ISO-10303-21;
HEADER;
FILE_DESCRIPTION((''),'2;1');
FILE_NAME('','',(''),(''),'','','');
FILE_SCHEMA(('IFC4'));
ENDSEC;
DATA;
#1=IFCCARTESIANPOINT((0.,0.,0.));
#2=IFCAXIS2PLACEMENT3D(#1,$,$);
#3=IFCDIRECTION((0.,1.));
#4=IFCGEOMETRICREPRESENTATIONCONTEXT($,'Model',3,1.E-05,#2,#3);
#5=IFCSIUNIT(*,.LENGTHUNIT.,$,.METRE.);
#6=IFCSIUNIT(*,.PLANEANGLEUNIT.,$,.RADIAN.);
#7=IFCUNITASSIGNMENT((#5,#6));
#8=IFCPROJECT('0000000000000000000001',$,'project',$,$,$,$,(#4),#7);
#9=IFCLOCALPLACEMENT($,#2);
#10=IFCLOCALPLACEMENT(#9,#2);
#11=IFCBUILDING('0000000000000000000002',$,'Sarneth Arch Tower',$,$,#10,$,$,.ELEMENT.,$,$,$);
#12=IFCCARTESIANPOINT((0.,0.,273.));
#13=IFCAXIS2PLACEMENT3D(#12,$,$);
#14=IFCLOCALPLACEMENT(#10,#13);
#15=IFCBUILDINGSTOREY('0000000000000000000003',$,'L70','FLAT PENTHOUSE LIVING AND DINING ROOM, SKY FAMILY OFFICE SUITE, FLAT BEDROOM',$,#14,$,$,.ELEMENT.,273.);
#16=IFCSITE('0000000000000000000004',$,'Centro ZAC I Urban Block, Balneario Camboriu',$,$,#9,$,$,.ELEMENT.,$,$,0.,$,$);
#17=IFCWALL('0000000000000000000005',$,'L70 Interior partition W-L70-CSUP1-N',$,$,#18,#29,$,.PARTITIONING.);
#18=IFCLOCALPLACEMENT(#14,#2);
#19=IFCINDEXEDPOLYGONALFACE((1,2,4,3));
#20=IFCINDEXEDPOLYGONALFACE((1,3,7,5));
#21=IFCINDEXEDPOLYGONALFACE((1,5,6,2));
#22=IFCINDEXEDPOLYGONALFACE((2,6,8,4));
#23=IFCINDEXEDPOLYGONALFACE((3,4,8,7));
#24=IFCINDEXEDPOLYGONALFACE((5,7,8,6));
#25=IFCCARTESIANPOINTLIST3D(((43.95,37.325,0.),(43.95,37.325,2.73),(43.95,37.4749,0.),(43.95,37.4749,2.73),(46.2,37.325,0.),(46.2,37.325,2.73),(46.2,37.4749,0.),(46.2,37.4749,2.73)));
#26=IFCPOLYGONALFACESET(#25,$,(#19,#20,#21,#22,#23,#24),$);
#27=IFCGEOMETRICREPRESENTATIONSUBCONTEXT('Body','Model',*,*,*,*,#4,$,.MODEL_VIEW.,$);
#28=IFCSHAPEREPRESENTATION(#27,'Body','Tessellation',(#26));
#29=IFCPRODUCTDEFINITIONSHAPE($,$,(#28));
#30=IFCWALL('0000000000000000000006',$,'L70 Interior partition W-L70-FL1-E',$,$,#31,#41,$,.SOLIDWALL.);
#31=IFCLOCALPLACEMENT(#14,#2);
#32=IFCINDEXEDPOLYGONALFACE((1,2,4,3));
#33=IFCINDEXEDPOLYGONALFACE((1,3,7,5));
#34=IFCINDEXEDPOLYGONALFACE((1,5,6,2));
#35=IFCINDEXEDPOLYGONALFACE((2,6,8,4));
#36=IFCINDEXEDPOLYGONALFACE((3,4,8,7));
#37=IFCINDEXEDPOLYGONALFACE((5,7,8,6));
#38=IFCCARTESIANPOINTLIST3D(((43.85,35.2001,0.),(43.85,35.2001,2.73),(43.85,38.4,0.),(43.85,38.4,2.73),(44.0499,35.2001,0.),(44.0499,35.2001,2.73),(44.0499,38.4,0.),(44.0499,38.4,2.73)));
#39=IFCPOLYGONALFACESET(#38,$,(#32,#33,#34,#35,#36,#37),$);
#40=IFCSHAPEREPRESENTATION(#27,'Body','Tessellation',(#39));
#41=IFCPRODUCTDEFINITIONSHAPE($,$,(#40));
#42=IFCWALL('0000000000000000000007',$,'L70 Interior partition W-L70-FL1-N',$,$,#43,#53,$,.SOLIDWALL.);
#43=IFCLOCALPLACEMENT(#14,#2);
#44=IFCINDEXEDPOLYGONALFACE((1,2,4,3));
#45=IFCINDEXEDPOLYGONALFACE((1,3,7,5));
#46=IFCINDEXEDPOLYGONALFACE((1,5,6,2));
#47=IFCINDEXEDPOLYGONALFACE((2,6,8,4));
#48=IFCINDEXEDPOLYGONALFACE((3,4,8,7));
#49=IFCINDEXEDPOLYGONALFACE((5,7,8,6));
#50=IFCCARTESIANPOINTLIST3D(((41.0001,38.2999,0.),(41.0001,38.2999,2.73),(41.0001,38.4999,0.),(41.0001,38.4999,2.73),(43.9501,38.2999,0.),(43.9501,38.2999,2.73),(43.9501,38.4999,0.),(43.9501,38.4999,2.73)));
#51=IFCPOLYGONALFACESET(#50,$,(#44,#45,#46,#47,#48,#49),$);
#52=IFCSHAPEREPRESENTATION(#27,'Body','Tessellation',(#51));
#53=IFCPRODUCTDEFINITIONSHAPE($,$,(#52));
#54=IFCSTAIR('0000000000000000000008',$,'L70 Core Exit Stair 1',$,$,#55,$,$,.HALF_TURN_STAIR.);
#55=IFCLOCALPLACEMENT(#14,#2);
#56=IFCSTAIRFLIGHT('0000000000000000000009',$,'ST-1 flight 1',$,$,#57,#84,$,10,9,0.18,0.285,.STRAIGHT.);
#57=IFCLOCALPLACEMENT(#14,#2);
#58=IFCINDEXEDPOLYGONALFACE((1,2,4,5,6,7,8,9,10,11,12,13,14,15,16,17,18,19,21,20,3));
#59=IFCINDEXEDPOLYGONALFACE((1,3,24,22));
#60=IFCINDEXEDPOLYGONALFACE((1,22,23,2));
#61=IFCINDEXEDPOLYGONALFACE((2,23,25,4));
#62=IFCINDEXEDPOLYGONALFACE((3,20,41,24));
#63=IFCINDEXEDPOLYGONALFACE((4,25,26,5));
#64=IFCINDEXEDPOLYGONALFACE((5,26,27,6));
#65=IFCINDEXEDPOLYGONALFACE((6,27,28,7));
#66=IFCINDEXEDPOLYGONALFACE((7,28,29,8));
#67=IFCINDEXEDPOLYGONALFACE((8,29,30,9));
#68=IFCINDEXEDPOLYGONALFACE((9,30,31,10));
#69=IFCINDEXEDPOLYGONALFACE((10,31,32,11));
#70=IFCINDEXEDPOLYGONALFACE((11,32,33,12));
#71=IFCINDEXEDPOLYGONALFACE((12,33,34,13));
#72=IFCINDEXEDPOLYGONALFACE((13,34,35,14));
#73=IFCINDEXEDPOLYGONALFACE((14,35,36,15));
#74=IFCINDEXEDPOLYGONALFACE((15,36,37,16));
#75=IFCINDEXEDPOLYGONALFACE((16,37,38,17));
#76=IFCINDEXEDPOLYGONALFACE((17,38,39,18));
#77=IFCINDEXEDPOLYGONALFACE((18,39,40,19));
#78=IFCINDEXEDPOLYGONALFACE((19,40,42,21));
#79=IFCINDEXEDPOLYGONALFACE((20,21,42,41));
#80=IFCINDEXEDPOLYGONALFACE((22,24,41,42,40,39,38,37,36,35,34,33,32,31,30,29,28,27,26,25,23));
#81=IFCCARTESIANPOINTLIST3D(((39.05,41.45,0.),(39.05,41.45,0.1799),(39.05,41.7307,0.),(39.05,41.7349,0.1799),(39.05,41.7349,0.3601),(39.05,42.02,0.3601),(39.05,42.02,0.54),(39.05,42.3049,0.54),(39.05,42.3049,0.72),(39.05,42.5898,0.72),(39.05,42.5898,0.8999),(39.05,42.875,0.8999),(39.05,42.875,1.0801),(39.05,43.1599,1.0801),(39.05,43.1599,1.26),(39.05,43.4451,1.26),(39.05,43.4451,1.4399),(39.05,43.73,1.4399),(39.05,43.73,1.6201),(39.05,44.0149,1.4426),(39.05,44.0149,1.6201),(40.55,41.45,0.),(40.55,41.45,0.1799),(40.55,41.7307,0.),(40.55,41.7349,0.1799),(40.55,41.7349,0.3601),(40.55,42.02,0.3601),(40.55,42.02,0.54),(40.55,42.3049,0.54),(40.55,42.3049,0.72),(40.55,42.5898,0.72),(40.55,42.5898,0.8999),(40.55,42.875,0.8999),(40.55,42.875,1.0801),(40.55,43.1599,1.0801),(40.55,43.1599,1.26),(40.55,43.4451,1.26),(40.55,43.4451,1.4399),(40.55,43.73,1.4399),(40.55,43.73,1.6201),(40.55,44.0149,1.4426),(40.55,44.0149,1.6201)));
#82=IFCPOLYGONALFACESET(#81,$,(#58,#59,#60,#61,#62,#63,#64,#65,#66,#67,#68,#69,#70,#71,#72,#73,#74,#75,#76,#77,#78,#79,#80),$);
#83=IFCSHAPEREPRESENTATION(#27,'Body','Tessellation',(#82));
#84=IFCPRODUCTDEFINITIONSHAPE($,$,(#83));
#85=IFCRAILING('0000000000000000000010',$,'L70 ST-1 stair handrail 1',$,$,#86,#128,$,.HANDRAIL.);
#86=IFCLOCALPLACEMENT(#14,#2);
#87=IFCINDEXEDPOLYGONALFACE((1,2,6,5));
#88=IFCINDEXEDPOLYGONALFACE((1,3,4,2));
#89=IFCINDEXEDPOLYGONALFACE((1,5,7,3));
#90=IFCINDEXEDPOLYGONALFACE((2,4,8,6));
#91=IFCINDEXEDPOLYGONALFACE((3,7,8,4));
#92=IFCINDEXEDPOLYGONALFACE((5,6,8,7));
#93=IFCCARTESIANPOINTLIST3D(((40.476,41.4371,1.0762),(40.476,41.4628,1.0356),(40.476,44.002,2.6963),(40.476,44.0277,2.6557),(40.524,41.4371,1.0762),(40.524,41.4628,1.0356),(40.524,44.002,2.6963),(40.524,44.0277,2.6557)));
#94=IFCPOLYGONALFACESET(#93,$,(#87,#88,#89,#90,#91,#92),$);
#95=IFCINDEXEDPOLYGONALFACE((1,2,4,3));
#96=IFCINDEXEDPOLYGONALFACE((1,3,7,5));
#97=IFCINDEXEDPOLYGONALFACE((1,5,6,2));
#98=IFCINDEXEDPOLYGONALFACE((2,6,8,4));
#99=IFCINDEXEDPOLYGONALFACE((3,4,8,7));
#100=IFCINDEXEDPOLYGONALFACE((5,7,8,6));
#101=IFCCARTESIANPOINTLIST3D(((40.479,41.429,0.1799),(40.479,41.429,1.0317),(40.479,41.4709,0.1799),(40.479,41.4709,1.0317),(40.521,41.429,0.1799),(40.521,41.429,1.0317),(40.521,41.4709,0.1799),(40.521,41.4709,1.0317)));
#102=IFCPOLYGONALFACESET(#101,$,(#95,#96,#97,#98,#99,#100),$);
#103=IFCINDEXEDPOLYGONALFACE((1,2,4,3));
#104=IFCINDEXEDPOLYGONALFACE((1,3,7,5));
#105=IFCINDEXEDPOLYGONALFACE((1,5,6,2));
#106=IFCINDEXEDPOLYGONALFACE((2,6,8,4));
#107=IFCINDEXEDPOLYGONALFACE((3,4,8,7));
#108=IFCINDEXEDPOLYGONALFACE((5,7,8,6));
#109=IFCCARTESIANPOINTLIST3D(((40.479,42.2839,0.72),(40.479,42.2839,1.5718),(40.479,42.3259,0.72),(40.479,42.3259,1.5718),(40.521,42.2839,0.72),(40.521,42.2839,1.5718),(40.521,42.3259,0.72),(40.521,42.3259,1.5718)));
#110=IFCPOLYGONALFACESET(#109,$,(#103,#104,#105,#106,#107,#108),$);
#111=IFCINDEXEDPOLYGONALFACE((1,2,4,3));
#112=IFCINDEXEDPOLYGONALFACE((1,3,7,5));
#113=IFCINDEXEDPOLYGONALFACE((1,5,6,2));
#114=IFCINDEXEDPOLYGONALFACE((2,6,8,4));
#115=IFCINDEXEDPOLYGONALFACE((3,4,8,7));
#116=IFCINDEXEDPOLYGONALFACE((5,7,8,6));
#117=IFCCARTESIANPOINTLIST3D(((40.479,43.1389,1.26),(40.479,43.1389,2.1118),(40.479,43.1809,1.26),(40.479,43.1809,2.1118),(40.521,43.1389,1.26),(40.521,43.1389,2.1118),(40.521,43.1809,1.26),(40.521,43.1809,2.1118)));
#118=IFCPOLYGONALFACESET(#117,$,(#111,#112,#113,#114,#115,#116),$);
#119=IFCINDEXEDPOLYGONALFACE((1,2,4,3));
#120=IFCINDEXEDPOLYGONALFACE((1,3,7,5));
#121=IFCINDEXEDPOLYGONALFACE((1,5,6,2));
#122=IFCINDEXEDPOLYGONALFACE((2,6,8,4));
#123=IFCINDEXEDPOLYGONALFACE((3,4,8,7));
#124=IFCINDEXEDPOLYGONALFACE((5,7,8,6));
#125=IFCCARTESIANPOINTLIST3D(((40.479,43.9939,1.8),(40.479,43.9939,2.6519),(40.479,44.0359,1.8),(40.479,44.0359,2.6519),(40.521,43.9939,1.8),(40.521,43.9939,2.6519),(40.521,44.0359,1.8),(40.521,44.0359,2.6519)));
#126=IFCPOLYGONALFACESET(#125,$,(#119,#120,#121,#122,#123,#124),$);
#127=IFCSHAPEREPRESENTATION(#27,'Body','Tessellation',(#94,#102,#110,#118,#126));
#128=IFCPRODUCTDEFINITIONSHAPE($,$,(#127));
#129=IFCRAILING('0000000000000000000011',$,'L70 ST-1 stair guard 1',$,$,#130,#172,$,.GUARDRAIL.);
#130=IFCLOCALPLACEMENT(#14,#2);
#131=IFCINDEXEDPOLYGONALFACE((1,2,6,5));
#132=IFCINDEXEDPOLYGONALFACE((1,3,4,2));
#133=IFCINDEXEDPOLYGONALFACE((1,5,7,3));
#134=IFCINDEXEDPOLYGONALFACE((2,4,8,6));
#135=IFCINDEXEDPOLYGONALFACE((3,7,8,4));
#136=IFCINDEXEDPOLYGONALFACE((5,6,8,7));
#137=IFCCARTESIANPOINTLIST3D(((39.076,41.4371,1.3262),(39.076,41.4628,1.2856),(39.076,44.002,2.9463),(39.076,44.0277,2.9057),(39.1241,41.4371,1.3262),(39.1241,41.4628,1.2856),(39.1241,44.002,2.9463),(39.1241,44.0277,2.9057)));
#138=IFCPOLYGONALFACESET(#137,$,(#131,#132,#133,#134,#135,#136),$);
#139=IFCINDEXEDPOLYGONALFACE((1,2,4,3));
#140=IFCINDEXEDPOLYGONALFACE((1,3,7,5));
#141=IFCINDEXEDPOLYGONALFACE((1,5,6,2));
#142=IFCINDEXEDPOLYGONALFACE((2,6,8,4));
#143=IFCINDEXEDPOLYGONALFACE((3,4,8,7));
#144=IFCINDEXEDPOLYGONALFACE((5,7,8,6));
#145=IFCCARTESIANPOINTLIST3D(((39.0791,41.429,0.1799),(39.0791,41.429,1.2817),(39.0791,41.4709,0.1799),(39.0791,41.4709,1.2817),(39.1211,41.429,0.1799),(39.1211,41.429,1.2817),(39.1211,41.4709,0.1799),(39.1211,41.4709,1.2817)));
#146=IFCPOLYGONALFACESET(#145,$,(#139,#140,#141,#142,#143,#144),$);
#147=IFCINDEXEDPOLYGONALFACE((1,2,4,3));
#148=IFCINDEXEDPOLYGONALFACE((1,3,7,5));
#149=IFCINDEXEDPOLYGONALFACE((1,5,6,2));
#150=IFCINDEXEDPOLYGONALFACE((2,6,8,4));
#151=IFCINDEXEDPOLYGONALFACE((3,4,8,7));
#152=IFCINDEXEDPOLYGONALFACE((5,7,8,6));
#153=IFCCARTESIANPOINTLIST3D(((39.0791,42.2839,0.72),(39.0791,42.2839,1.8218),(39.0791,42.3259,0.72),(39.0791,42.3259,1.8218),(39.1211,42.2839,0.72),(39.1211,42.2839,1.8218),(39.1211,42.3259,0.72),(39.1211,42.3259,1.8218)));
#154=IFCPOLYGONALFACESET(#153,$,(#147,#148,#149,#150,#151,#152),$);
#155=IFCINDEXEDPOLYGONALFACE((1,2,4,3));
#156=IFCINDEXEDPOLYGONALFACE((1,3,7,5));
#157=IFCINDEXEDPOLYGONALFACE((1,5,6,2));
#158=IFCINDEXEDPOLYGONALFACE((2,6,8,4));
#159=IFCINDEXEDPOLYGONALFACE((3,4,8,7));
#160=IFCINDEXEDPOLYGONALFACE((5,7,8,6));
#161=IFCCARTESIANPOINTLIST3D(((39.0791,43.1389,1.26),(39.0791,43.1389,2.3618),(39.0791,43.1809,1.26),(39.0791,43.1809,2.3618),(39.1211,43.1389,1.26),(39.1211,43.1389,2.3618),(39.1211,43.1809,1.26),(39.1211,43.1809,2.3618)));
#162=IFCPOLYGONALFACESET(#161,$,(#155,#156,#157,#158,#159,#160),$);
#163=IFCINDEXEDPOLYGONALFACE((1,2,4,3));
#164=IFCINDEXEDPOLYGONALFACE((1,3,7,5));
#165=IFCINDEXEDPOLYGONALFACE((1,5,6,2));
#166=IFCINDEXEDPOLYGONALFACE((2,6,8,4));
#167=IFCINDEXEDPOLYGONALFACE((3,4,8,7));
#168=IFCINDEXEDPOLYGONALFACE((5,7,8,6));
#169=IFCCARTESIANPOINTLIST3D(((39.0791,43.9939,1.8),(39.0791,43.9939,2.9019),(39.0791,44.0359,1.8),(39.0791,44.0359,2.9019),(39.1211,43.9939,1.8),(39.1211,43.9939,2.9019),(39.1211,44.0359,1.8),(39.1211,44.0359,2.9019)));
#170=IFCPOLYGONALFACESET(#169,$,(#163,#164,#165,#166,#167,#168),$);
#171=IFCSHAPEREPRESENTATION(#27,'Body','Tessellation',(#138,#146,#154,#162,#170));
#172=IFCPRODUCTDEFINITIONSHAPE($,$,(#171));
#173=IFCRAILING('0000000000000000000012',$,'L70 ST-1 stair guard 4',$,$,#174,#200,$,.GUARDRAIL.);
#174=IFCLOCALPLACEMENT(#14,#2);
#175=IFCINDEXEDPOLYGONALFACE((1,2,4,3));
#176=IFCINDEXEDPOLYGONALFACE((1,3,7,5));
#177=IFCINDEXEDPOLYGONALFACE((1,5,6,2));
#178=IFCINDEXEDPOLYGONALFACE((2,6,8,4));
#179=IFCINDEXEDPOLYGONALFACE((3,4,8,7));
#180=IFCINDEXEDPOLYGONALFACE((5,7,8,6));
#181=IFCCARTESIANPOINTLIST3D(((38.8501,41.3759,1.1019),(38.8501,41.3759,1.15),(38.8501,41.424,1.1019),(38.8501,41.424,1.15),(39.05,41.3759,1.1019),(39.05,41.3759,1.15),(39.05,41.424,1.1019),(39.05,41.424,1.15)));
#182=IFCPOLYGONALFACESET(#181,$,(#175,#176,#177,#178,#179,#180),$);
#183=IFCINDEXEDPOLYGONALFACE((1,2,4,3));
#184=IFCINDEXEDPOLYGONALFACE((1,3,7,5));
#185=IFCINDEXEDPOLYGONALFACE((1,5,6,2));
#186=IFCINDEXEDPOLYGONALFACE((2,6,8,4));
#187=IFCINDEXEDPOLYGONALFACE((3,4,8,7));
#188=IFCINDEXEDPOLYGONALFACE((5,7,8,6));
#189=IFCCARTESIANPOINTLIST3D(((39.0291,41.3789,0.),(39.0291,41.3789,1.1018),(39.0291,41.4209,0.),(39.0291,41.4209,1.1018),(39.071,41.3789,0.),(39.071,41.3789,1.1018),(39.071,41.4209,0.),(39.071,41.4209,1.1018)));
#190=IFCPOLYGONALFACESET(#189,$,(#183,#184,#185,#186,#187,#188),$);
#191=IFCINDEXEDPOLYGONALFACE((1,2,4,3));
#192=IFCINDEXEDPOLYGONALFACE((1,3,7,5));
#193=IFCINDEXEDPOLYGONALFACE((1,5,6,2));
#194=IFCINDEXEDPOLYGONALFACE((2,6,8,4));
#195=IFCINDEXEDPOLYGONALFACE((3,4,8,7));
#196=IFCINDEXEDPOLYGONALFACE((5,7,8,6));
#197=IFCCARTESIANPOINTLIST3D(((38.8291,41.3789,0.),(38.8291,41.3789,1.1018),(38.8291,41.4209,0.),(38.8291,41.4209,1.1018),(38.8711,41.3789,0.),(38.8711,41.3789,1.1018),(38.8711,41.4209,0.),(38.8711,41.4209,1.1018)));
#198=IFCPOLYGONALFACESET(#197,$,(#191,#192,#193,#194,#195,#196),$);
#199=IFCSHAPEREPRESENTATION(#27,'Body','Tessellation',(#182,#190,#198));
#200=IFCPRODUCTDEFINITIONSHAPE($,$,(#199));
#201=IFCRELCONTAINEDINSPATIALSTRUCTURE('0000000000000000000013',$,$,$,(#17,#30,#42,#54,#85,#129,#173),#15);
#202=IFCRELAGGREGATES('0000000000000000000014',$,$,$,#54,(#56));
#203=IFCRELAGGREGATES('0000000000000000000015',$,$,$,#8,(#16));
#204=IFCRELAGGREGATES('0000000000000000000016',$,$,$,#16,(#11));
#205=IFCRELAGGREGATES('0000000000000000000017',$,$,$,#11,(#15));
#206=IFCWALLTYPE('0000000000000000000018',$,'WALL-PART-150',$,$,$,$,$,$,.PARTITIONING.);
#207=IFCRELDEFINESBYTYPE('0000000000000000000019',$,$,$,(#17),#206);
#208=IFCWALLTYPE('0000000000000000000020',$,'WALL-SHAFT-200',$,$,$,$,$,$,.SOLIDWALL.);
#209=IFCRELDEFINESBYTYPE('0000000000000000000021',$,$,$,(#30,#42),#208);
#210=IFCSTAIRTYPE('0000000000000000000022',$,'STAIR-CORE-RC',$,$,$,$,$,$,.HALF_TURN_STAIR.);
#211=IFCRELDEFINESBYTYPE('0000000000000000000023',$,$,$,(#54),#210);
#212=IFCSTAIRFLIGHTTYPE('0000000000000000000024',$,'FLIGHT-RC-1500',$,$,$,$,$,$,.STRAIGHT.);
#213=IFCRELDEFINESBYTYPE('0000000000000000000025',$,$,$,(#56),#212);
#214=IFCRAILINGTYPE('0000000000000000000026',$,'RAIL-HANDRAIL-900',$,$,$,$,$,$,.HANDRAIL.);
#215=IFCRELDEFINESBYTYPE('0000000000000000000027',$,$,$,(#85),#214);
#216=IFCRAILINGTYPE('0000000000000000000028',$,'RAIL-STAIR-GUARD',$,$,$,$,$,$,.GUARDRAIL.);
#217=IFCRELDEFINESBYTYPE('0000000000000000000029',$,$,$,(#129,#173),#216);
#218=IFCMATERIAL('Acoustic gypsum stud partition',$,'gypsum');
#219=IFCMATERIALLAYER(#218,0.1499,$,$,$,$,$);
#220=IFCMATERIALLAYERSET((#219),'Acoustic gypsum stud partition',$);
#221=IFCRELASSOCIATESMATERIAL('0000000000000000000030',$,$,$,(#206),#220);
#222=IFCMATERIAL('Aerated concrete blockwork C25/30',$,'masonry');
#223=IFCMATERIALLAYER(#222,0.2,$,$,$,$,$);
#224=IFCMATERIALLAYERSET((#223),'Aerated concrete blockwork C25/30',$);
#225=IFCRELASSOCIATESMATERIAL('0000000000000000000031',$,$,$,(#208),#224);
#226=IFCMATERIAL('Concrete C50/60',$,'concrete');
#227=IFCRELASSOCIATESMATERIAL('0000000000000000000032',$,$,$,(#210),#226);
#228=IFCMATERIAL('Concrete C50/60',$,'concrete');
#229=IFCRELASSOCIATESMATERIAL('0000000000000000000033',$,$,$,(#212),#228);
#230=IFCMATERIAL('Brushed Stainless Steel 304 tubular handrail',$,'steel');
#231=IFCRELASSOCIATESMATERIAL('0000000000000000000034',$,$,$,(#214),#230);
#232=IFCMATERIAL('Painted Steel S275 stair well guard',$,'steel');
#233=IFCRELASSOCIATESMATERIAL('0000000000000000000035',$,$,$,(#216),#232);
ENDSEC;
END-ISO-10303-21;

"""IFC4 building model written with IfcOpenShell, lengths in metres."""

from ifc_helpers import new_model, si_unit, direction, frame, frame_2d, origin, origin_2d, place, context, subcontext, project, spatial, polyline, rectangle, outline, extrude, material, layer, layer_set, type_object, element, aggregate, save


model = new_model("IFC4")

# Units and contexts
model_context = context("Model", 3, precision=1e-05, world=origin(), true_north=direction((0.0, 1.0)))
body_context = subcontext(model_context, "Body", "Model", "MODEL_VIEW")
ifc_project = project(units=[si_unit("LENGTHUNIT", "METRE"), si_unit("PLANEANGLEUNIT", "RADIAN")], contexts=[model_context])

# Site, building, storey
site_placement = place(None, origin())
site = spatial("IfcSite", under=ifc_project, at=site_placement, Name="Centro ZAC I Urban Block, Balneario Camboriu", CompositionType="ELEMENT", RefElevation=0.0)
building_placement = place(site_placement, origin())
building = spatial("IfcBuilding", under=site, at=building_placement, Name="Sarneth Arch Tower", CompositionType="ELEMENT")
storey_placement = place(building_placement, frame((0.0, 0.0, 273.0)))
storey = spatial("IfcBuildingStorey", under=building, at=storey_placement, Name="L70", Description="FLAT PENTHOUSE LIVING AND DINING ROOM, SKY FAMILY OFFICE SUITE, FLAT BEDROOM", CompositionType="ELEMENT", Elevation=273.0)

# Shared definitions
ifc_material_1 = material(Name="Acoustic gypsum stud partition", Category="gypsum")
ifc_layer_1 = layer(ifc_material_1, 0.1499)
ifc_layer_set_1 = layer_set([ifc_layer_1], Name="Acoustic gypsum stud partition")
wall_type_1 = type_object("IfcWallType", Name="WALL-PART-150", PredefinedType="PARTITIONING", material=ifc_layer_set_1)

# Wall
wall_1_placement = place(storey_placement, frame((43.95, 37.3999, 0.0), z_axis=(0.0, 0.0, 1.0), x_axis=(1.0, 0.0, 0.0)))
element("IfcWall", 1, at=wall_1_placement, inside=storey, type_object=wall_type_1, Name="L70 Interior partition W-L70-CSUP1-N", PredefinedType="PARTITIONING", context=body_context, shape_type="SweptSolid", body=[
    extrude(rectangle(XDim=2.25, YDim=0.1499, at=frame_2d((1.125, 0.0))), origin(), (0.0, 0.0, 1.0), 2.73),
])

# Shared definitions
ifc_material_2 = material(Name="Aerated concrete blockwork C25/30", Category="masonry")
ifc_layer_2 = layer(ifc_material_2, 0.2)
ifc_layer_set_2 = layer_set([ifc_layer_2], Name="Aerated concrete blockwork C25/30")
wall_type_2 = type_object("IfcWallType", Name="WALL-SHAFT-200", PredefinedType="SOLIDWALL", material=ifc_layer_set_2)

# Walls
wall_2_placement = place(storey_placement, frame((43.95, 35.2, 0.0), z_axis=(0.0, 0.0, 1.0), x_axis=(0.0, 1.0, 0.0)))
element("IfcWall", 2, at=wall_2_placement, inside=storey, type_object=wall_type_2, Name="L70 Interior partition W-L70-FL1-E", PredefinedType="SOLIDWALL", context=body_context, shape_type="SweptSolid", body=[
    extrude(rectangle(XDim=3.2, YDim=0.2, at=frame_2d((1.6001, 0.0))), origin(), (0.0, 0.0, 1.0), 2.73),
])
wall_3_placement = place(storey_placement, frame((41.0, 38.3999, 0.0), z_axis=(0.0, 0.0, 1.0), x_axis=(1.0, 0.0, 0.0)))
element("IfcWall", 3, at=wall_3_placement, inside=storey, type_object=wall_type_2, Name="L70 Interior partition W-L70-FL1-N", PredefinedType="SOLIDWALL", context=body_context, shape_type="SweptSolid", body=[
    extrude(rectangle(XDim=2.95, YDim=0.2, at=frame_2d((1.4751, 0.0))), origin(), (0.0, 0.0, 1.0), 2.73),
])

# Stair, stair flight
ifc_material_3 = material(Name="Concrete C50/60", Category="concrete")
stair_type = type_object("IfcStairType", Name="STAIR-CORE-RC", PredefinedType="HALF_TURN_STAIR", material=ifc_material_3)
stair_placement = place(storey_placement, origin())
stair = element("IfcStair", 4, at=stair_placement, inside=storey, type_object=stair_type, Name="L70 Core Exit Stair 1", PredefinedType="HALF_TURN_STAIR")
ifc_material_4 = material(Name="Concrete C50/60", Category="concrete")
stair_flight_type = type_object("IfcStairFlightType", Name="FLIGHT-RC-1500", PredefinedType="STRAIGHT", material=ifc_material_4)
stair_flight_placement = place(storey_placement, frame((39.8, 41.45, 0.0), z_axis=(0.0, 0.0, 1.0), x_axis=(0.0, 1.0, 0.0)))
stair_flight = element("IfcStairFlight", 5, at=stair_flight_placement, type_object=stair_flight_type, Name="ST-1 flight 1", NumberOfRisers=10, NumberOfTreads=9, PredefinedType="STRAIGHT", RiserHeight=0.18, TreadLength=0.285, context=body_context, shape_type="SweptSolid", body=[
    extrude(outline(polyline([(0.0, 0.0), (0.0, 0.1799), (0.2849, 0.1799), (0.2849, 0.3601), (0.5701, 0.3601), (0.5701, 0.54), (0.855, 0.54), (0.855, 0.72), (1.1399, 0.72), (1.1399, 0.8999), (1.425, 0.8999), (1.425, 1.0801), (1.71, 1.0801), (1.71, 1.26), (1.9951, 1.26), (1.9951, 1.4399), (2.28, 1.4399), (2.28, 1.6201), (2.5649, 1.6201), (2.5649, 1.8), (2.5649, 1.4426), (0.2808, 0.0), (0.0, 0.0)])), frame((0.0, 0.75, 0.0), z_axis=(0.0, -1.0, 0.0), x_axis=(1.0, 0.0, 0.0)), (0.0, 0.0, 1.0), 1.5),
])
aggregate(stair, [stair_flight])

# Railings
ifc_material_5 = material(Name="Brushed Stainless Steel 304 tubular handrail", Category="steel")
railing_type_1 = type_object("IfcRailingType", Name="RAIL-HANDRAIL-900", PredefinedType="HANDRAIL", material=ifc_material_5)
railing_1_placement = place(storey_placement, frame((40.5, 41.45, 0.1799)))
element("IfcRailing", 6, at=railing_1_placement, inside=storey, type_object=railing_type_1, Name="L70 ST-1 stair handrail 1", PredefinedType="HANDRAIL", context=body_context, shape_type="SweptSolid", body=[
    extrude(rectangle(XDim=0.0481, YDim=0.0481, at=origin_2d()), frame((0.0, 0.0, 0.876), z_axis=(0.0, 0.845466, 0.534029), x_axis=(-1.0, 0.0, 0.0)), (0.0, 0.0, 1.0), 3.0337),
    extrude(rectangle(XDim=0.042, YDim=0.042, at=origin_2d()), origin(), (0.0, 0.0, 1.0), 0.8518),
    extrude(rectangle(XDim=0.042, YDim=0.042, at=origin_2d()), frame((0.0, 0.855, 0.54)), (0.0, 0.0, 1.0), 0.8518),
    extrude(rectangle(XDim=0.042, YDim=0.042, at=origin_2d()), frame((0.0, 1.71, 1.0801)), (0.0, 0.0, 1.0), 0.8518),
    extrude(rectangle(XDim=0.042, YDim=0.042, at=origin_2d()), frame((0.0, 2.5649, 1.6201)), (0.0, 0.0, 1.0), 0.8518),
])
ifc_material_6 = material(Name="Painted Steel S275 stair well guard", Category="steel")
railing_type_2 = type_object("IfcRailingType", Name="RAIL-STAIR-GUARD", PredefinedType="GUARDRAIL", material=ifc_material_6)
railing_2_placement = place(storey_placement, frame((39.1001, 41.45, 0.1799)))
element("IfcRailing", 7, at=railing_2_placement, inside=storey, type_object=railing_type_2, Name="L70 ST-1 stair guard 1", PredefinedType="GUARDRAIL", context=body_context, shape_type="SweptSolid", body=[
    extrude(rectangle(XDim=0.0481, YDim=0.0481, at=origin_2d()), frame((0.0, 0.0, 1.126), z_axis=(0.0, 0.845466, 0.534029), x_axis=(-1.0, 0.0, 0.0)), (0.0, 0.0, 1.0), 3.0337),
    extrude(rectangle(XDim=0.042, YDim=0.042, at=origin_2d()), origin(), (0.0, 0.0, 1.0), 1.1018),
    extrude(rectangle(XDim=0.042, YDim=0.042, at=origin_2d()), frame((0.0, 0.855, 0.54)), (0.0, 0.0, 1.0), 1.1018),
    extrude(rectangle(XDim=0.042, YDim=0.042, at=origin_2d()), frame((0.0, 1.71, 1.0801)), (0.0, 0.0, 1.0), 1.1018),
    extrude(rectangle(XDim=0.042, YDim=0.042, at=origin_2d()), frame((0.0, 2.5649, 1.6201)), (0.0, 0.0, 1.0), 1.1018),
])
railing_3_placement = place(storey_placement, frame((39.05, 41.3999, 0.0)))
element("IfcRailing", 8, at=railing_3_placement, inside=storey, type_object=railing_type_2, Name="L70 ST-1 stair guard 4", PredefinedType="GUARDRAIL", context=body_context, shape_type="SweptSolid", body=[
    extrude(rectangle(XDim=0.0481, YDim=0.0481, at=origin_2d()), frame((0.0, 0.0, 1.126), z_axis=(-1.0, 0.0, 0.0), x_axis=(0.0, -1.0, 0.0)), (0.0, 0.0, 1.0), 0.2),
    extrude(rectangle(XDim=0.042, YDim=0.042, at=origin_2d()), origin(), (0.0, 0.0, 1.0), 1.1018),
    extrude(rectangle(XDim=0.042, YDim=0.042, at=origin_2d()), frame((-0.2, 0.0, 0.0)), (0.0, 0.0, 1.0), 1.1018),
])

save(model, "model.ifc")
